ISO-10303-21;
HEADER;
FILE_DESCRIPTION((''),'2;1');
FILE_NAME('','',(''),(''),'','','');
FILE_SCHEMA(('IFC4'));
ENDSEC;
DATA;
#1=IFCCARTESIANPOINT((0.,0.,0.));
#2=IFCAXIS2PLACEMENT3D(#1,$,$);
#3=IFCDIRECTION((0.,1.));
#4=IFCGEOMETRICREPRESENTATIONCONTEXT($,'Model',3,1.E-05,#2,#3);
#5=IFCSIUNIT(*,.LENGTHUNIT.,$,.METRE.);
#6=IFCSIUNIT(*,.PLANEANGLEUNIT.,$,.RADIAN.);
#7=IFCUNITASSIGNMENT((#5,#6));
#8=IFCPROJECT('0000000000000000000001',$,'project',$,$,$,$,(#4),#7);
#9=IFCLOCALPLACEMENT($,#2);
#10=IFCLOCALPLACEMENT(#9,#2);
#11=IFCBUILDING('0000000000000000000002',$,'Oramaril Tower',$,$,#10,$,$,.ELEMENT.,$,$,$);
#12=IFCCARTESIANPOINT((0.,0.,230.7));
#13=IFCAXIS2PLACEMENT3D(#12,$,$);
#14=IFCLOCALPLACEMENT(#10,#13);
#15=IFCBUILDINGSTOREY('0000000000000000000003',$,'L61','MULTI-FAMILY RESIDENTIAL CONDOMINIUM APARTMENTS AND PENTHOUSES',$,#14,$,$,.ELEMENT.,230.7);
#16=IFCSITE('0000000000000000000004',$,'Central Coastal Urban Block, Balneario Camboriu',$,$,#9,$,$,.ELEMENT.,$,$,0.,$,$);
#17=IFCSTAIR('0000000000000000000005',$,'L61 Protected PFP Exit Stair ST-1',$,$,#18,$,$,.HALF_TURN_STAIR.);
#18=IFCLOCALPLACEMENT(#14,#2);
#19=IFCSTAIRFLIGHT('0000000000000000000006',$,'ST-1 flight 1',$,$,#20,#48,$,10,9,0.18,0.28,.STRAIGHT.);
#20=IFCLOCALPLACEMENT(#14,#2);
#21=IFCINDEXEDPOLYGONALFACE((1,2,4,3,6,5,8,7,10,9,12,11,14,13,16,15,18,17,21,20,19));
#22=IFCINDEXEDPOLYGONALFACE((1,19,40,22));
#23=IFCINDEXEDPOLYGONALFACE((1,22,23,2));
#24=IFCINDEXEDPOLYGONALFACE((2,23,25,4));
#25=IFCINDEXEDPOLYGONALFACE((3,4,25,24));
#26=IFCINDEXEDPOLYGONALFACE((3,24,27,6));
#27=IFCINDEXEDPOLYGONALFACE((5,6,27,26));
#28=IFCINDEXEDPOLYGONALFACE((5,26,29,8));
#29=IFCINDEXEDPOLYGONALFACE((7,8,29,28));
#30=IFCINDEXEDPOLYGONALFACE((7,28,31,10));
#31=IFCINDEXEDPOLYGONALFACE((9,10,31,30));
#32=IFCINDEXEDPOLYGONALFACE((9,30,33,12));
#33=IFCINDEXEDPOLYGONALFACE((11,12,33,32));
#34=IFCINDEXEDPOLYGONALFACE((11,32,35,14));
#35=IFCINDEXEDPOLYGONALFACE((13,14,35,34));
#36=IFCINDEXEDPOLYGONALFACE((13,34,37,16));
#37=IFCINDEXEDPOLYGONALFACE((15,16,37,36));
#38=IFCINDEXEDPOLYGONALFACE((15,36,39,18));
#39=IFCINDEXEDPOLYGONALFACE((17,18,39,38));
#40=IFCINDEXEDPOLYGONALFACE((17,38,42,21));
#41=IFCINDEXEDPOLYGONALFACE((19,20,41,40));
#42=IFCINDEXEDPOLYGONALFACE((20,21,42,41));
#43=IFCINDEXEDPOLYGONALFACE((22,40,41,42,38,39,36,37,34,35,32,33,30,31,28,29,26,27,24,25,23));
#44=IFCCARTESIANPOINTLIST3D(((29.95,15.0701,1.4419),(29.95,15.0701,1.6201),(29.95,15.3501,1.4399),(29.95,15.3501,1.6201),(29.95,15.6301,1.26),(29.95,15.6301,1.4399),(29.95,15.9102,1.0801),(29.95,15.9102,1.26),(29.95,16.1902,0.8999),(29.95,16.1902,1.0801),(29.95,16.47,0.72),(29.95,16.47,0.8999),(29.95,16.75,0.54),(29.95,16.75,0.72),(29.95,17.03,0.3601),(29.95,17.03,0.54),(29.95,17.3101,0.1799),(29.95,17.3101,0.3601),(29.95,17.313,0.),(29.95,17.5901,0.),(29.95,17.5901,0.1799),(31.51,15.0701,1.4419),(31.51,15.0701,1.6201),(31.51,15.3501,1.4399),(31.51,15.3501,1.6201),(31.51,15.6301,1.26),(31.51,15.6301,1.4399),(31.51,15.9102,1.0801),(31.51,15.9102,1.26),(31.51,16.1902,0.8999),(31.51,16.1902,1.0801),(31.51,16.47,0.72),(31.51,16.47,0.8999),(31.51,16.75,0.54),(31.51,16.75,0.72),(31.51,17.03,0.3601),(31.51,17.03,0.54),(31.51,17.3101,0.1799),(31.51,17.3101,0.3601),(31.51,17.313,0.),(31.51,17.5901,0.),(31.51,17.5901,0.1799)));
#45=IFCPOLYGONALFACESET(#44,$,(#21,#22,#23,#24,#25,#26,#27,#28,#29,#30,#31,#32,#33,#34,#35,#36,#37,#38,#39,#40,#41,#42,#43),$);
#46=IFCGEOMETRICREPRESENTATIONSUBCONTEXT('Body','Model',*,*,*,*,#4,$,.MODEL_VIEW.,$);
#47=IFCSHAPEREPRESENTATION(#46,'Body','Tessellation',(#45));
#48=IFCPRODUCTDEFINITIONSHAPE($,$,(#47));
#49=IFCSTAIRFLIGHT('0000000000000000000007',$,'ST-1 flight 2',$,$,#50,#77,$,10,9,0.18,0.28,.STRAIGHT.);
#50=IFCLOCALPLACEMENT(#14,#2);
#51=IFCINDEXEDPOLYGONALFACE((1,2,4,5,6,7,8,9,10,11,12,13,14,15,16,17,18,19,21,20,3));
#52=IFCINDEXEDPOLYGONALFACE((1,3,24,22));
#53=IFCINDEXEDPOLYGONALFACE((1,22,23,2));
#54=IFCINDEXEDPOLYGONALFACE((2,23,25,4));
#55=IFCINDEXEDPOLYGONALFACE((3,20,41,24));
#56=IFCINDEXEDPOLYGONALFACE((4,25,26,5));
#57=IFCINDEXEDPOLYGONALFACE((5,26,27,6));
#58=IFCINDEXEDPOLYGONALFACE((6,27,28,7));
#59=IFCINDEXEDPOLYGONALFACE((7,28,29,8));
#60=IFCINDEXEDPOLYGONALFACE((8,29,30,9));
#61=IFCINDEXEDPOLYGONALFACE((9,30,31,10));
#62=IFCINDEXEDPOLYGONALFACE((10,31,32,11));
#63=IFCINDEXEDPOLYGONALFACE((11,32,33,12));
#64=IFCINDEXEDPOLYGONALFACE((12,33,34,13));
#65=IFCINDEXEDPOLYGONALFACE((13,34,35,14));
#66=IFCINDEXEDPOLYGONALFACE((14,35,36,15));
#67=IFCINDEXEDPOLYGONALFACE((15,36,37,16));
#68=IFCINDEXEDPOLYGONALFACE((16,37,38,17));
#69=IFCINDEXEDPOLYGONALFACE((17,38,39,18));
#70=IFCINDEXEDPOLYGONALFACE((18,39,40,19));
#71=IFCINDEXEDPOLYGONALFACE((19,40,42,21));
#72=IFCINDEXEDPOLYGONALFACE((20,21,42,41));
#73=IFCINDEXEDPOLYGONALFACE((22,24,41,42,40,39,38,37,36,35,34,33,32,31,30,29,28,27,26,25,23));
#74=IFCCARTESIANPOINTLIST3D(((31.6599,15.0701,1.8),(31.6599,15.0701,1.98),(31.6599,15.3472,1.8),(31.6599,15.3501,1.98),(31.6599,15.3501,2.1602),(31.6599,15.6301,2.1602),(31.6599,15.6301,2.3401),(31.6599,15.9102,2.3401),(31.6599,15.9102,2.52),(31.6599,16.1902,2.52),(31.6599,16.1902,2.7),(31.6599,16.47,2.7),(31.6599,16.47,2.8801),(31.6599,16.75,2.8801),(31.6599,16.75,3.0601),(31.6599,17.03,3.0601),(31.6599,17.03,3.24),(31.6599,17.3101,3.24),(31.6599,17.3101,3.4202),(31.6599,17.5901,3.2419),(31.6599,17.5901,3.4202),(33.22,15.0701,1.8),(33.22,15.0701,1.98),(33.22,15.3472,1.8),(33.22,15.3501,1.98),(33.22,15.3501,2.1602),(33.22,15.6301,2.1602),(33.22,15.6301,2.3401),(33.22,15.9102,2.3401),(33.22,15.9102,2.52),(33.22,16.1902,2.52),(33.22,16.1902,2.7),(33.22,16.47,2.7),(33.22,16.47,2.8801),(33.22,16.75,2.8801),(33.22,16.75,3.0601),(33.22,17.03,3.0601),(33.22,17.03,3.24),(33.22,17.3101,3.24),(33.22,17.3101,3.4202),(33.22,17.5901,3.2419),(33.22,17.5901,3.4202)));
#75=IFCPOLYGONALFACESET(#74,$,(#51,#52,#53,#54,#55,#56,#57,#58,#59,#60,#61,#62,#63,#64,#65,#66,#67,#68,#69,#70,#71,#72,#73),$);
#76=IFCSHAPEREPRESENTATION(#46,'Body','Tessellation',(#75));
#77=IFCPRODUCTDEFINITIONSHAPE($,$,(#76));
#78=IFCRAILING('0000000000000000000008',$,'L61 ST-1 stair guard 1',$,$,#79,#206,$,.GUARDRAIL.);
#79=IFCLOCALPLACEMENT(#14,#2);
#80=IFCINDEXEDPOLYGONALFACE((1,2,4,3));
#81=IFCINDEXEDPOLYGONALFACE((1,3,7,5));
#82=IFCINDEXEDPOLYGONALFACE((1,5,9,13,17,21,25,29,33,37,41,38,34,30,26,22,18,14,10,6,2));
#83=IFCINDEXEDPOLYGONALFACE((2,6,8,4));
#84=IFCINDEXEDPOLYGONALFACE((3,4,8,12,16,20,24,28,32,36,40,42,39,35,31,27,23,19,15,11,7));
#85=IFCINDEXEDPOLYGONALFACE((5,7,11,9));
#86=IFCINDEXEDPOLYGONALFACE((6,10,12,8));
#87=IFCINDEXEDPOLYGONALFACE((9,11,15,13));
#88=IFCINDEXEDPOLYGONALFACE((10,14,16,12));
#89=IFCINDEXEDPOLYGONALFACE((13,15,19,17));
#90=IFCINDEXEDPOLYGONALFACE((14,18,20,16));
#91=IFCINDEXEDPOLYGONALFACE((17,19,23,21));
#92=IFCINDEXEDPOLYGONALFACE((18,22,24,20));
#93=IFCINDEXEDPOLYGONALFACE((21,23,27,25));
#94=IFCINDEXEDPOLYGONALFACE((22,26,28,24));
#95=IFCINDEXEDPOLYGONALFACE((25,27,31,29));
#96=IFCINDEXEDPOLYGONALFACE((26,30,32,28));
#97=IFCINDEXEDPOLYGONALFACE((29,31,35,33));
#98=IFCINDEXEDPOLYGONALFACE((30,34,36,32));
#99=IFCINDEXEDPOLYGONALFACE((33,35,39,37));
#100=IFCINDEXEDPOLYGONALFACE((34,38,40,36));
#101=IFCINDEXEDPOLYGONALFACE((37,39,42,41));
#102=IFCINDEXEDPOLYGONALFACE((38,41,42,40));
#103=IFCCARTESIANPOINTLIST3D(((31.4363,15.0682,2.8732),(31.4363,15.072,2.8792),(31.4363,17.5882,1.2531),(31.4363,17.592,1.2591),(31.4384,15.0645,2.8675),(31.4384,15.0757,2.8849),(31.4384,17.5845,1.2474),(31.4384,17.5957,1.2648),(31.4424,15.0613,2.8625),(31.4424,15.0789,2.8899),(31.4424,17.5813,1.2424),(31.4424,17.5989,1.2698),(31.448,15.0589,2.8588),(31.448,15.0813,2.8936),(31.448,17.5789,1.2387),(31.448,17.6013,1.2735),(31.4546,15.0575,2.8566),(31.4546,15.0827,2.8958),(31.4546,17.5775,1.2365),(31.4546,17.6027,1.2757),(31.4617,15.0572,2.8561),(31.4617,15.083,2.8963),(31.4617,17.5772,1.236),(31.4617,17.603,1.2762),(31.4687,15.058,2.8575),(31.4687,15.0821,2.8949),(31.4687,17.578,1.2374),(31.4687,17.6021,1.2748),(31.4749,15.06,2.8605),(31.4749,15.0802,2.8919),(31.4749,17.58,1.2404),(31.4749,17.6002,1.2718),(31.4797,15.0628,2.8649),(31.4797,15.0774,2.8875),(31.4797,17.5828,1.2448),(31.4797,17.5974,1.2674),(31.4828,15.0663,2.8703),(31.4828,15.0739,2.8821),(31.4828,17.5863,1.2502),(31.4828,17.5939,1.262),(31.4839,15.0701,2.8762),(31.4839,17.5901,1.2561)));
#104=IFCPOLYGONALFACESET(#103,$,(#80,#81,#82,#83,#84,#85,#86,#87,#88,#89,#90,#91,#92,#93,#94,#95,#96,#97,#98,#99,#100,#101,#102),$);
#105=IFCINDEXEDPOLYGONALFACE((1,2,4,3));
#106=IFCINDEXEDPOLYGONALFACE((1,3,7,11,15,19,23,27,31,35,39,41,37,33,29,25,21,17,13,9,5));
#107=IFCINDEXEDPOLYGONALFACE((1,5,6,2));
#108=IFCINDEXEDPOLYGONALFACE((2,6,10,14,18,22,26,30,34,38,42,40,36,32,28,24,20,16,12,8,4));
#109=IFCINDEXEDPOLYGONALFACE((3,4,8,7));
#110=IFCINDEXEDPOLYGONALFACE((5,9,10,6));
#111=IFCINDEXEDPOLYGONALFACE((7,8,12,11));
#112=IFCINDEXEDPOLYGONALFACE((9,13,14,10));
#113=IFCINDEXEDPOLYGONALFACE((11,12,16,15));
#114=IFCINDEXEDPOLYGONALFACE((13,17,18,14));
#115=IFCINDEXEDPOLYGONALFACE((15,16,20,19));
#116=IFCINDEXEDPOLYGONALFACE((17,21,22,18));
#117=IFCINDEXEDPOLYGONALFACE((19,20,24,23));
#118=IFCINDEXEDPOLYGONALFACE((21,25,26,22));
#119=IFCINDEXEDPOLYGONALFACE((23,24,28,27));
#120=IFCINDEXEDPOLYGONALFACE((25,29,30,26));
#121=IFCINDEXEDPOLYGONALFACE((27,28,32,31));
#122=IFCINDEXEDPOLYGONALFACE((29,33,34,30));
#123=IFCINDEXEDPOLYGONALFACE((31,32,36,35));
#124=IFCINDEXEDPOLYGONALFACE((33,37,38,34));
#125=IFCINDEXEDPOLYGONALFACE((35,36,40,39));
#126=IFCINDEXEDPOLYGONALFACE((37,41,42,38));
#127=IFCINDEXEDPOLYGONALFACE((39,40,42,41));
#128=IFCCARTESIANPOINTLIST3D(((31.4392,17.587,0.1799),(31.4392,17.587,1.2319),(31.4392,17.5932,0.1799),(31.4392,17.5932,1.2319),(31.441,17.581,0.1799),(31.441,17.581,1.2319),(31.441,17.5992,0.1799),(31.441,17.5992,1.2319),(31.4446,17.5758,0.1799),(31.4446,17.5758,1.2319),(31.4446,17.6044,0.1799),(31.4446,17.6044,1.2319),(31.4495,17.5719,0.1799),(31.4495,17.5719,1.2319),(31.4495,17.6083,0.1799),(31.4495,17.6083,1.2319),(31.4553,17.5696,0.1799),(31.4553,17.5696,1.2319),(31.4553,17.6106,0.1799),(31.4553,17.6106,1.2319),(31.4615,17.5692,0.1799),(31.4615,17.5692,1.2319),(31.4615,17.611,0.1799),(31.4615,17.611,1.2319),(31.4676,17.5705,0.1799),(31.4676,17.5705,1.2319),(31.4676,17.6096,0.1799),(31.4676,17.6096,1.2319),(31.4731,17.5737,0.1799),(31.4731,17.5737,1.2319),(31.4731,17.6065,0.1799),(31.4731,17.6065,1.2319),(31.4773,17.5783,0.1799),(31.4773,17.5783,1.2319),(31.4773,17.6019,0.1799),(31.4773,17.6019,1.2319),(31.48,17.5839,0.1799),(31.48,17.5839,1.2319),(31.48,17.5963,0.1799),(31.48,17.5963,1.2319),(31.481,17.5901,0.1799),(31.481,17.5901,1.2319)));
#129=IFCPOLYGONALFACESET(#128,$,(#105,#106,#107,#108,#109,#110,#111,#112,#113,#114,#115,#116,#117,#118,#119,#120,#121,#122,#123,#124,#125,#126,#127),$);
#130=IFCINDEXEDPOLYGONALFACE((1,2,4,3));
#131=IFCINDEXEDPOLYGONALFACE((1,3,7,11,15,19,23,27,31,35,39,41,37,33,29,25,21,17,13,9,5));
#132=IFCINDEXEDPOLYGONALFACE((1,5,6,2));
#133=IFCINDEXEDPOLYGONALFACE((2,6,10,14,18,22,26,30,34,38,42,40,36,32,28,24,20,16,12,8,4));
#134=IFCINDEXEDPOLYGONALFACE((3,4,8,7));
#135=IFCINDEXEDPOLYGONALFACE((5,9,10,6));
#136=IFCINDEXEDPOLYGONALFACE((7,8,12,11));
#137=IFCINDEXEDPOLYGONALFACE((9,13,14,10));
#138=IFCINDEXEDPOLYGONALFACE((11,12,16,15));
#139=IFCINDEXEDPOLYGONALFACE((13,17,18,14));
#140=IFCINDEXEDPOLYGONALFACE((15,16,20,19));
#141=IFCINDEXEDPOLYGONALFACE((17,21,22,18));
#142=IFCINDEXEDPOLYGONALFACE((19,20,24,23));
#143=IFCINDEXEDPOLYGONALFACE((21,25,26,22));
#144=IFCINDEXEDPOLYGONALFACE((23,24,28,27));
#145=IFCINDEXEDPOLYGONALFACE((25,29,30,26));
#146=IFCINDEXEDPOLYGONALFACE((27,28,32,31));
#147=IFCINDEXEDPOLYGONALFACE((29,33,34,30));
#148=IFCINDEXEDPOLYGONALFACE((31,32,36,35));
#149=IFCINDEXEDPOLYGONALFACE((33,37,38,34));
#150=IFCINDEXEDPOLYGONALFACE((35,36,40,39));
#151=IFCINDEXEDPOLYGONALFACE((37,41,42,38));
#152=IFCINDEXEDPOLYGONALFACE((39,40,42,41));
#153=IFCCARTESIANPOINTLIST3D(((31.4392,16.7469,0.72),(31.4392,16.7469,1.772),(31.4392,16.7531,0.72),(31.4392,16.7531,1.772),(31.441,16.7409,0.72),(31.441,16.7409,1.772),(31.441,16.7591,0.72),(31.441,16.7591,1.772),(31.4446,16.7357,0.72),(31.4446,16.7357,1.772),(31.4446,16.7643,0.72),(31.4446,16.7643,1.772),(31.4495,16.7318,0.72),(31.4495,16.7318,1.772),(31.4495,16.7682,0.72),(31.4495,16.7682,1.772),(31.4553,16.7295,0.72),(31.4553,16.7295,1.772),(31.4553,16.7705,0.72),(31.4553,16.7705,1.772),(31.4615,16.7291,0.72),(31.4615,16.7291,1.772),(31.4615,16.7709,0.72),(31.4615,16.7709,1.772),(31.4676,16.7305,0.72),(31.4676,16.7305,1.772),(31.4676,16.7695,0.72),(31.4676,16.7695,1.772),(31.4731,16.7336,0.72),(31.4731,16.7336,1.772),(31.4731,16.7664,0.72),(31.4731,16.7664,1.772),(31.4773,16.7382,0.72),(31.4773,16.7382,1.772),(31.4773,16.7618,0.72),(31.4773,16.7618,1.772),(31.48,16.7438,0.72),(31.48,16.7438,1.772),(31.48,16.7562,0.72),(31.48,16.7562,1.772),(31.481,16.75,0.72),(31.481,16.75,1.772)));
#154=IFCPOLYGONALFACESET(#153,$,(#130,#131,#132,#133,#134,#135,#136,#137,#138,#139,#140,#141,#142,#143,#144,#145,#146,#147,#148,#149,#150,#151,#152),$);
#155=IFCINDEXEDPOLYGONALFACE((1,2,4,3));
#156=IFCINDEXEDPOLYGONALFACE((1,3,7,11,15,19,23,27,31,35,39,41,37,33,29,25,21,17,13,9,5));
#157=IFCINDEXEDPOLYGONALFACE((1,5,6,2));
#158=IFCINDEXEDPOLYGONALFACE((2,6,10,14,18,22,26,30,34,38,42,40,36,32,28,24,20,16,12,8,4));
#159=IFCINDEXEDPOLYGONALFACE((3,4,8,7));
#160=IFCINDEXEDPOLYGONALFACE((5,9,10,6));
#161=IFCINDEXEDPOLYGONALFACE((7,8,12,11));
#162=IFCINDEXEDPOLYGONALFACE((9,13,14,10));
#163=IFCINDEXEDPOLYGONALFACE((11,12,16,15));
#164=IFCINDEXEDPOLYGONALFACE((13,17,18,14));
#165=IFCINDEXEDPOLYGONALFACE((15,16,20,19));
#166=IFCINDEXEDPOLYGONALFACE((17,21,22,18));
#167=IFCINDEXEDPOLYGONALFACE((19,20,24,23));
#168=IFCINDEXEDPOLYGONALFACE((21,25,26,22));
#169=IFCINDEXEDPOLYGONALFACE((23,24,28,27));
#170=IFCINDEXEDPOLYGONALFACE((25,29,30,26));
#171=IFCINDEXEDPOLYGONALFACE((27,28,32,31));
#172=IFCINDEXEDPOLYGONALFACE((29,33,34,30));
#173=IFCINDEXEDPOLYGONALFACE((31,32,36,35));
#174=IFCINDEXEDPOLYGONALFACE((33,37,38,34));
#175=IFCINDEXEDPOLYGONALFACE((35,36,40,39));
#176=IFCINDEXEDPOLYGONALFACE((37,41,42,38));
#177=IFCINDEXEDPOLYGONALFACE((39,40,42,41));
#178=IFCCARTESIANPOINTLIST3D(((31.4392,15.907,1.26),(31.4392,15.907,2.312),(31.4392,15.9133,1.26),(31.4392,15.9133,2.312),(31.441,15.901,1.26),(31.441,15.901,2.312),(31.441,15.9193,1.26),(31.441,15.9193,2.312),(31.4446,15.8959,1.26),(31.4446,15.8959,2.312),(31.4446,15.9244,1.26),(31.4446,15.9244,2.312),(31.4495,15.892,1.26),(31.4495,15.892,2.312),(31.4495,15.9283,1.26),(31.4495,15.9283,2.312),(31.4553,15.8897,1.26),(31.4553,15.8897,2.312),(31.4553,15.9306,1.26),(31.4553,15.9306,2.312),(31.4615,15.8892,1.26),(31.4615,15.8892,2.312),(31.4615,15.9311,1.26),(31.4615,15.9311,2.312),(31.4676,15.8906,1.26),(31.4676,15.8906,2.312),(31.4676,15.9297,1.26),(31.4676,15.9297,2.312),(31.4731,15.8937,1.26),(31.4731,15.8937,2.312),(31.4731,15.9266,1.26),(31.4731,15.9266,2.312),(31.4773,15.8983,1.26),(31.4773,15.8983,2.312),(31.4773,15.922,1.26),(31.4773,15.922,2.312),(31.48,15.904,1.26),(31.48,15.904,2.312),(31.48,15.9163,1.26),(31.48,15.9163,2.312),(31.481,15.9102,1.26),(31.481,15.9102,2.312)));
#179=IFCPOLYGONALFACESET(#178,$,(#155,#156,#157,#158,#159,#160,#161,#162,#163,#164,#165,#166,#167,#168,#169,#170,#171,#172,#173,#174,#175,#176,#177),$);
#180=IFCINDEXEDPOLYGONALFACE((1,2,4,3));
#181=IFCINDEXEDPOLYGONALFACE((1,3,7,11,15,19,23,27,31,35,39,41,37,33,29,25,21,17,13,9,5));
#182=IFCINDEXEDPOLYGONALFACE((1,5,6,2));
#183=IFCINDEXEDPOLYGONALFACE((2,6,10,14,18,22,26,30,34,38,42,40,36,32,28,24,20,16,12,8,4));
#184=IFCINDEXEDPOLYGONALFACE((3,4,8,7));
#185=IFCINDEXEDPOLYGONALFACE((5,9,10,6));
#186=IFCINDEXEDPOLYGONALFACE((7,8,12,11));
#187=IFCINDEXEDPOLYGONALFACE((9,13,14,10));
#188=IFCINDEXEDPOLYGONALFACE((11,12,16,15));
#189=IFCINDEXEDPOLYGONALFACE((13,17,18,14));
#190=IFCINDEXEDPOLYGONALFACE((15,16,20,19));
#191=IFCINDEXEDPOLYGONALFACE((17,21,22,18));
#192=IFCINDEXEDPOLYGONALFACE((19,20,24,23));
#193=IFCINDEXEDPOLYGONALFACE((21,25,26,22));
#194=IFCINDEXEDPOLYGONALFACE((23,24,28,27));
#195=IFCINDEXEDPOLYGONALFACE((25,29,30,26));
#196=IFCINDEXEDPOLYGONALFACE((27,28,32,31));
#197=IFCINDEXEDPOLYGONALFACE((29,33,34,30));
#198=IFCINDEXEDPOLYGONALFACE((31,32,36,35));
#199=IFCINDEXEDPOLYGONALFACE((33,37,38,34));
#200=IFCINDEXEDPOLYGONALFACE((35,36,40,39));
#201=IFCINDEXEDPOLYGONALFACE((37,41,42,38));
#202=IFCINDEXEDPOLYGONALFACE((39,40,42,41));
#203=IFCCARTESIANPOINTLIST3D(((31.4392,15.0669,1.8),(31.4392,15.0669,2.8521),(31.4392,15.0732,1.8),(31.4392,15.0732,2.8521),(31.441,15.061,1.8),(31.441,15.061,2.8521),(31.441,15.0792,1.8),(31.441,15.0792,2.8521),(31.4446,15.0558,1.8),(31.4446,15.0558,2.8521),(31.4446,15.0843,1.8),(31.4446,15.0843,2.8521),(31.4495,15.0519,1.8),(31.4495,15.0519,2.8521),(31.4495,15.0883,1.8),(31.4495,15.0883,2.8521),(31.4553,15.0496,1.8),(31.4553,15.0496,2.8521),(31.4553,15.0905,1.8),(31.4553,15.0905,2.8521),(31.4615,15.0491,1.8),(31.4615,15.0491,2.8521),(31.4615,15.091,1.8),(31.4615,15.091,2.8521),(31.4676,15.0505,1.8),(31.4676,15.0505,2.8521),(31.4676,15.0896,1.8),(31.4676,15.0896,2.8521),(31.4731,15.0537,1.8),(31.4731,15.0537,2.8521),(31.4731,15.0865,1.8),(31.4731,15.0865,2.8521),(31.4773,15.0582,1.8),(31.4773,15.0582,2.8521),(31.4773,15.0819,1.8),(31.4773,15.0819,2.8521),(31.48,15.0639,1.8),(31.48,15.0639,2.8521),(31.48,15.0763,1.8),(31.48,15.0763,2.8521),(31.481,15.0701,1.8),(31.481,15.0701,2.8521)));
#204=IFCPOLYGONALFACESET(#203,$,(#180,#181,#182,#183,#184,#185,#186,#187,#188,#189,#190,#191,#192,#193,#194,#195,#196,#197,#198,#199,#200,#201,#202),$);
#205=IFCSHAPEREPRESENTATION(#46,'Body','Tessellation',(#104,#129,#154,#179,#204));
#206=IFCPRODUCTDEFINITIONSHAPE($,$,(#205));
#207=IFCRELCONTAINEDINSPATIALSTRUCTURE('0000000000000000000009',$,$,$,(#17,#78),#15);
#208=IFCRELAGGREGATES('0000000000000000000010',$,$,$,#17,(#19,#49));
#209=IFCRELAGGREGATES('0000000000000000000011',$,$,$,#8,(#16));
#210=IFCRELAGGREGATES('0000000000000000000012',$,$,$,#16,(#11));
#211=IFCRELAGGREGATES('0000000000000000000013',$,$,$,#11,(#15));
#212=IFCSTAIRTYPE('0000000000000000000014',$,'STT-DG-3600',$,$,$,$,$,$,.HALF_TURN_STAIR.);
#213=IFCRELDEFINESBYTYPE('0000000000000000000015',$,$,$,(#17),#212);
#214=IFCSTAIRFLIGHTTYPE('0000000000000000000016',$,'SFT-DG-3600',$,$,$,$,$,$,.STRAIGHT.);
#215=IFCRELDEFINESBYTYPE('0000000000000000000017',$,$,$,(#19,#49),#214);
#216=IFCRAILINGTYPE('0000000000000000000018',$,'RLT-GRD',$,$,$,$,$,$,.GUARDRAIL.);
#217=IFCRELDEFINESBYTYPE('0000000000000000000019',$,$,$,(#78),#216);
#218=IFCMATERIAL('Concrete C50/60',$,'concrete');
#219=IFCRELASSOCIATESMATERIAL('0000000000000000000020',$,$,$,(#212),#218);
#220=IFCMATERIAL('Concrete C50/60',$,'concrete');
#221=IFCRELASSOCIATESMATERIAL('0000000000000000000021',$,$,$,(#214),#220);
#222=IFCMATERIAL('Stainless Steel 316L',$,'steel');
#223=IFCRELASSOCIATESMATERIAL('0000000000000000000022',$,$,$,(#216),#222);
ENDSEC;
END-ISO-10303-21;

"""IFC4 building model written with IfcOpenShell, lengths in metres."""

from ifc_helpers import new_model, si_unit, direction, frame, origin, origin_2d, place, context, subcontext, project, spatial, polyline, circle, outline, extrude, material, type_object, element, aggregate, save


model = new_model("IFC4")

# Units and contexts
model_context = context("Model", 3, precision=1e-05, world=origin(), true_north=direction((0.0, 1.0)))
body_context = subcontext(model_context, "Body", "Model", "MODEL_VIEW")
ifc_project = project(units=[si_unit("LENGTHUNIT", "METRE"), si_unit("PLANEANGLEUNIT", "RADIAN")], contexts=[model_context])

# Site, building, storey
site_placement = place(None, origin())
site = spatial("IfcSite", under=ifc_project, at=site_placement, Name="Central Coastal Urban Block, Balneario Camboriu", CompositionType="ELEMENT", RefElevation=0.0)
building_placement = place(site_placement, origin())
building = spatial("IfcBuilding", under=site, at=building_placement, Name="Oramaril Tower", CompositionType="ELEMENT")
storey_placement = place(building_placement, frame((0.0, 0.0, 230.7)))
storey = spatial("IfcBuildingStorey", under=building, at=storey_placement, Name="L61", Description="MULTI-FAMILY RESIDENTIAL CONDOMINIUM APARTMENTS AND PENTHOUSES", CompositionType="ELEMENT", Elevation=230.7)

# Stair, stair flights
ifc_material_1 = material(Name="Concrete C50/60", Category="concrete")
stair_type = type_object("IfcStairType", Name="STT-DG-3600", PredefinedType="HALF_TURN_STAIR", material=ifc_material_1)
stair_placement = place(storey_placement, origin())
stair = element("IfcStair", 1, at=stair_placement, inside=storey, type_object=stair_type, Name="L61 Protected PFP Exit Stair ST-1", PredefinedType="HALF_TURN_STAIR")
ifc_material_2 = material(Name="Concrete C50/60", Category="concrete")
stair_flight_type = type_object("IfcStairFlightType", Name="SFT-DG-3600", PredefinedType="STRAIGHT", material=ifc_material_2)
stair_flight_1_placement = place(storey_placement, frame((30.73, 17.5901, 0.0), z_axis=(0.0, 0.0, 1.0), x_axis=(0.0, -1.0, 0.0)))
stair_flight_1 = element("IfcStairFlight", 2, at=stair_flight_1_placement, type_object=stair_flight_type, Name="ST-1 flight 1", NumberOfRisers=10, NumberOfTreads=9, PredefinedType="STRAIGHT", RiserHeight=0.18, TreadLength=0.28, context=body_context, shape_type="SweptSolid", body=[
    extrude(outline(polyline([(0.0, 0.0), (0.0, 0.1799), (0.28, 0.1799), (0.28, 0.3601), (0.5601, 0.3601), (0.5601, 0.54), (0.8401, 0.54), (0.8401, 0.72), (1.1201, 0.72), (1.1201, 0.8999), (1.3999, 0.8999), (1.3999, 1.0801), (1.6799, 1.0801), (1.6799, 1.26), (1.96, 1.26), (1.96, 1.4399), (2.24, 1.4399), (2.24, 1.6201), (2.52, 1.6201), (2.52, 1.8), (2.52, 1.4419), (0.2771, 0.0), (0.0, 0.0)])), frame((0.0, 0.78, 0.0), z_axis=(0.0, -1.0, 0.0), x_axis=(1.0, 0.0, 0.0)), (0.0, 0.0, 1.0), 1.5601),
])
stair_flight_2_placement = place(storey_placement, frame((32.4399, 15.0701, 1.8), z_axis=(0.0, 0.0, 1.0), x_axis=(0.0, 1.0, 0.0)))
stair_flight_2 = element("IfcStairFlight", 3, at=stair_flight_2_placement, type_object=stair_flight_type, Name="ST-1 flight 2", NumberOfRisers=10, NumberOfTreads=9, PredefinedType="STRAIGHT", RiserHeight=0.18, TreadLength=0.28, context=body_context, shape_type="SweptSolid", body=[
    extrude(outline(polyline([(0.0, 0.0), (0.0, 0.1799), (0.28, 0.1799), (0.28, 0.3601), (0.5601, 0.3601), (0.5601, 0.54), (0.8401, 0.54), (0.8401, 0.72), (1.1201, 0.72), (1.1201, 0.8999), (1.3999, 0.8999), (1.3999, 1.0801), (1.6799, 1.0801), (1.6799, 1.26), (1.96, 1.26), (1.96, 1.4399), (2.24, 1.4399), (2.24, 1.6201), (2.52, 1.6201), (2.52, 1.8), (2.52, 1.4419), (0.2771, 0.0), (0.0, 0.0)])), frame((0.0, 0.78, 0.0), z_axis=(0.0, -1.0, 0.0), x_axis=(1.0, 0.0, 0.0)), (0.0, 0.0, 1.0), 1.5601),
])
aggregate(stair, [stair_flight_1, stair_flight_2])

# Railing
ifc_material_3 = material(Name="Stainless Steel 316L", Category="steel")
railing_type_1 = type_object("IfcRailingType", Name="RLT-GRD", PredefinedType="GUARDRAIL", material=ifc_material_3)
railing_1_placement = place(storey_placement, frame((31.46, 17.5901, 0.1799)))
element("IfcRailing", 4, at=railing_1_placement, inside=storey, type_object=railing_type_1, Name="L61 ST-1 stair guard 1", PredefinedType="GUARDRAIL", context=body_context, shape_type="SweptSolid", body=[
    extrude(circle(Radius=0.0239, at=origin_2d()), frame((0.0, 0.0, 1.0762), z_axis=(0.0, -0.841163, 0.540782), x_axis=(1.0, 0.0, 0.0)), (0.0, 0.0, 1.0), 2.9958),
    extrude(circle(Radius=0.021, at=origin_2d()), origin(), (0.0, 0.0, 1.0), 1.052),
    extrude(circle(Radius=0.021, at=origin_2d()), frame((0.0, -0.8401, 0.54)), (0.0, 0.0, 1.0), 1.052),
    extrude(circle(Radius=0.021, at=origin_2d()), frame((0.0, -1.6799, 1.0801)), (0.0, 0.0, 1.0), 1.052),
    extrude(circle(Radius=0.021, at=origin_2d()), frame((0.0, -2.52, 1.6201)), (0.0, 0.0, 1.0), 1.052),
])

save(model, "model.ifc")
